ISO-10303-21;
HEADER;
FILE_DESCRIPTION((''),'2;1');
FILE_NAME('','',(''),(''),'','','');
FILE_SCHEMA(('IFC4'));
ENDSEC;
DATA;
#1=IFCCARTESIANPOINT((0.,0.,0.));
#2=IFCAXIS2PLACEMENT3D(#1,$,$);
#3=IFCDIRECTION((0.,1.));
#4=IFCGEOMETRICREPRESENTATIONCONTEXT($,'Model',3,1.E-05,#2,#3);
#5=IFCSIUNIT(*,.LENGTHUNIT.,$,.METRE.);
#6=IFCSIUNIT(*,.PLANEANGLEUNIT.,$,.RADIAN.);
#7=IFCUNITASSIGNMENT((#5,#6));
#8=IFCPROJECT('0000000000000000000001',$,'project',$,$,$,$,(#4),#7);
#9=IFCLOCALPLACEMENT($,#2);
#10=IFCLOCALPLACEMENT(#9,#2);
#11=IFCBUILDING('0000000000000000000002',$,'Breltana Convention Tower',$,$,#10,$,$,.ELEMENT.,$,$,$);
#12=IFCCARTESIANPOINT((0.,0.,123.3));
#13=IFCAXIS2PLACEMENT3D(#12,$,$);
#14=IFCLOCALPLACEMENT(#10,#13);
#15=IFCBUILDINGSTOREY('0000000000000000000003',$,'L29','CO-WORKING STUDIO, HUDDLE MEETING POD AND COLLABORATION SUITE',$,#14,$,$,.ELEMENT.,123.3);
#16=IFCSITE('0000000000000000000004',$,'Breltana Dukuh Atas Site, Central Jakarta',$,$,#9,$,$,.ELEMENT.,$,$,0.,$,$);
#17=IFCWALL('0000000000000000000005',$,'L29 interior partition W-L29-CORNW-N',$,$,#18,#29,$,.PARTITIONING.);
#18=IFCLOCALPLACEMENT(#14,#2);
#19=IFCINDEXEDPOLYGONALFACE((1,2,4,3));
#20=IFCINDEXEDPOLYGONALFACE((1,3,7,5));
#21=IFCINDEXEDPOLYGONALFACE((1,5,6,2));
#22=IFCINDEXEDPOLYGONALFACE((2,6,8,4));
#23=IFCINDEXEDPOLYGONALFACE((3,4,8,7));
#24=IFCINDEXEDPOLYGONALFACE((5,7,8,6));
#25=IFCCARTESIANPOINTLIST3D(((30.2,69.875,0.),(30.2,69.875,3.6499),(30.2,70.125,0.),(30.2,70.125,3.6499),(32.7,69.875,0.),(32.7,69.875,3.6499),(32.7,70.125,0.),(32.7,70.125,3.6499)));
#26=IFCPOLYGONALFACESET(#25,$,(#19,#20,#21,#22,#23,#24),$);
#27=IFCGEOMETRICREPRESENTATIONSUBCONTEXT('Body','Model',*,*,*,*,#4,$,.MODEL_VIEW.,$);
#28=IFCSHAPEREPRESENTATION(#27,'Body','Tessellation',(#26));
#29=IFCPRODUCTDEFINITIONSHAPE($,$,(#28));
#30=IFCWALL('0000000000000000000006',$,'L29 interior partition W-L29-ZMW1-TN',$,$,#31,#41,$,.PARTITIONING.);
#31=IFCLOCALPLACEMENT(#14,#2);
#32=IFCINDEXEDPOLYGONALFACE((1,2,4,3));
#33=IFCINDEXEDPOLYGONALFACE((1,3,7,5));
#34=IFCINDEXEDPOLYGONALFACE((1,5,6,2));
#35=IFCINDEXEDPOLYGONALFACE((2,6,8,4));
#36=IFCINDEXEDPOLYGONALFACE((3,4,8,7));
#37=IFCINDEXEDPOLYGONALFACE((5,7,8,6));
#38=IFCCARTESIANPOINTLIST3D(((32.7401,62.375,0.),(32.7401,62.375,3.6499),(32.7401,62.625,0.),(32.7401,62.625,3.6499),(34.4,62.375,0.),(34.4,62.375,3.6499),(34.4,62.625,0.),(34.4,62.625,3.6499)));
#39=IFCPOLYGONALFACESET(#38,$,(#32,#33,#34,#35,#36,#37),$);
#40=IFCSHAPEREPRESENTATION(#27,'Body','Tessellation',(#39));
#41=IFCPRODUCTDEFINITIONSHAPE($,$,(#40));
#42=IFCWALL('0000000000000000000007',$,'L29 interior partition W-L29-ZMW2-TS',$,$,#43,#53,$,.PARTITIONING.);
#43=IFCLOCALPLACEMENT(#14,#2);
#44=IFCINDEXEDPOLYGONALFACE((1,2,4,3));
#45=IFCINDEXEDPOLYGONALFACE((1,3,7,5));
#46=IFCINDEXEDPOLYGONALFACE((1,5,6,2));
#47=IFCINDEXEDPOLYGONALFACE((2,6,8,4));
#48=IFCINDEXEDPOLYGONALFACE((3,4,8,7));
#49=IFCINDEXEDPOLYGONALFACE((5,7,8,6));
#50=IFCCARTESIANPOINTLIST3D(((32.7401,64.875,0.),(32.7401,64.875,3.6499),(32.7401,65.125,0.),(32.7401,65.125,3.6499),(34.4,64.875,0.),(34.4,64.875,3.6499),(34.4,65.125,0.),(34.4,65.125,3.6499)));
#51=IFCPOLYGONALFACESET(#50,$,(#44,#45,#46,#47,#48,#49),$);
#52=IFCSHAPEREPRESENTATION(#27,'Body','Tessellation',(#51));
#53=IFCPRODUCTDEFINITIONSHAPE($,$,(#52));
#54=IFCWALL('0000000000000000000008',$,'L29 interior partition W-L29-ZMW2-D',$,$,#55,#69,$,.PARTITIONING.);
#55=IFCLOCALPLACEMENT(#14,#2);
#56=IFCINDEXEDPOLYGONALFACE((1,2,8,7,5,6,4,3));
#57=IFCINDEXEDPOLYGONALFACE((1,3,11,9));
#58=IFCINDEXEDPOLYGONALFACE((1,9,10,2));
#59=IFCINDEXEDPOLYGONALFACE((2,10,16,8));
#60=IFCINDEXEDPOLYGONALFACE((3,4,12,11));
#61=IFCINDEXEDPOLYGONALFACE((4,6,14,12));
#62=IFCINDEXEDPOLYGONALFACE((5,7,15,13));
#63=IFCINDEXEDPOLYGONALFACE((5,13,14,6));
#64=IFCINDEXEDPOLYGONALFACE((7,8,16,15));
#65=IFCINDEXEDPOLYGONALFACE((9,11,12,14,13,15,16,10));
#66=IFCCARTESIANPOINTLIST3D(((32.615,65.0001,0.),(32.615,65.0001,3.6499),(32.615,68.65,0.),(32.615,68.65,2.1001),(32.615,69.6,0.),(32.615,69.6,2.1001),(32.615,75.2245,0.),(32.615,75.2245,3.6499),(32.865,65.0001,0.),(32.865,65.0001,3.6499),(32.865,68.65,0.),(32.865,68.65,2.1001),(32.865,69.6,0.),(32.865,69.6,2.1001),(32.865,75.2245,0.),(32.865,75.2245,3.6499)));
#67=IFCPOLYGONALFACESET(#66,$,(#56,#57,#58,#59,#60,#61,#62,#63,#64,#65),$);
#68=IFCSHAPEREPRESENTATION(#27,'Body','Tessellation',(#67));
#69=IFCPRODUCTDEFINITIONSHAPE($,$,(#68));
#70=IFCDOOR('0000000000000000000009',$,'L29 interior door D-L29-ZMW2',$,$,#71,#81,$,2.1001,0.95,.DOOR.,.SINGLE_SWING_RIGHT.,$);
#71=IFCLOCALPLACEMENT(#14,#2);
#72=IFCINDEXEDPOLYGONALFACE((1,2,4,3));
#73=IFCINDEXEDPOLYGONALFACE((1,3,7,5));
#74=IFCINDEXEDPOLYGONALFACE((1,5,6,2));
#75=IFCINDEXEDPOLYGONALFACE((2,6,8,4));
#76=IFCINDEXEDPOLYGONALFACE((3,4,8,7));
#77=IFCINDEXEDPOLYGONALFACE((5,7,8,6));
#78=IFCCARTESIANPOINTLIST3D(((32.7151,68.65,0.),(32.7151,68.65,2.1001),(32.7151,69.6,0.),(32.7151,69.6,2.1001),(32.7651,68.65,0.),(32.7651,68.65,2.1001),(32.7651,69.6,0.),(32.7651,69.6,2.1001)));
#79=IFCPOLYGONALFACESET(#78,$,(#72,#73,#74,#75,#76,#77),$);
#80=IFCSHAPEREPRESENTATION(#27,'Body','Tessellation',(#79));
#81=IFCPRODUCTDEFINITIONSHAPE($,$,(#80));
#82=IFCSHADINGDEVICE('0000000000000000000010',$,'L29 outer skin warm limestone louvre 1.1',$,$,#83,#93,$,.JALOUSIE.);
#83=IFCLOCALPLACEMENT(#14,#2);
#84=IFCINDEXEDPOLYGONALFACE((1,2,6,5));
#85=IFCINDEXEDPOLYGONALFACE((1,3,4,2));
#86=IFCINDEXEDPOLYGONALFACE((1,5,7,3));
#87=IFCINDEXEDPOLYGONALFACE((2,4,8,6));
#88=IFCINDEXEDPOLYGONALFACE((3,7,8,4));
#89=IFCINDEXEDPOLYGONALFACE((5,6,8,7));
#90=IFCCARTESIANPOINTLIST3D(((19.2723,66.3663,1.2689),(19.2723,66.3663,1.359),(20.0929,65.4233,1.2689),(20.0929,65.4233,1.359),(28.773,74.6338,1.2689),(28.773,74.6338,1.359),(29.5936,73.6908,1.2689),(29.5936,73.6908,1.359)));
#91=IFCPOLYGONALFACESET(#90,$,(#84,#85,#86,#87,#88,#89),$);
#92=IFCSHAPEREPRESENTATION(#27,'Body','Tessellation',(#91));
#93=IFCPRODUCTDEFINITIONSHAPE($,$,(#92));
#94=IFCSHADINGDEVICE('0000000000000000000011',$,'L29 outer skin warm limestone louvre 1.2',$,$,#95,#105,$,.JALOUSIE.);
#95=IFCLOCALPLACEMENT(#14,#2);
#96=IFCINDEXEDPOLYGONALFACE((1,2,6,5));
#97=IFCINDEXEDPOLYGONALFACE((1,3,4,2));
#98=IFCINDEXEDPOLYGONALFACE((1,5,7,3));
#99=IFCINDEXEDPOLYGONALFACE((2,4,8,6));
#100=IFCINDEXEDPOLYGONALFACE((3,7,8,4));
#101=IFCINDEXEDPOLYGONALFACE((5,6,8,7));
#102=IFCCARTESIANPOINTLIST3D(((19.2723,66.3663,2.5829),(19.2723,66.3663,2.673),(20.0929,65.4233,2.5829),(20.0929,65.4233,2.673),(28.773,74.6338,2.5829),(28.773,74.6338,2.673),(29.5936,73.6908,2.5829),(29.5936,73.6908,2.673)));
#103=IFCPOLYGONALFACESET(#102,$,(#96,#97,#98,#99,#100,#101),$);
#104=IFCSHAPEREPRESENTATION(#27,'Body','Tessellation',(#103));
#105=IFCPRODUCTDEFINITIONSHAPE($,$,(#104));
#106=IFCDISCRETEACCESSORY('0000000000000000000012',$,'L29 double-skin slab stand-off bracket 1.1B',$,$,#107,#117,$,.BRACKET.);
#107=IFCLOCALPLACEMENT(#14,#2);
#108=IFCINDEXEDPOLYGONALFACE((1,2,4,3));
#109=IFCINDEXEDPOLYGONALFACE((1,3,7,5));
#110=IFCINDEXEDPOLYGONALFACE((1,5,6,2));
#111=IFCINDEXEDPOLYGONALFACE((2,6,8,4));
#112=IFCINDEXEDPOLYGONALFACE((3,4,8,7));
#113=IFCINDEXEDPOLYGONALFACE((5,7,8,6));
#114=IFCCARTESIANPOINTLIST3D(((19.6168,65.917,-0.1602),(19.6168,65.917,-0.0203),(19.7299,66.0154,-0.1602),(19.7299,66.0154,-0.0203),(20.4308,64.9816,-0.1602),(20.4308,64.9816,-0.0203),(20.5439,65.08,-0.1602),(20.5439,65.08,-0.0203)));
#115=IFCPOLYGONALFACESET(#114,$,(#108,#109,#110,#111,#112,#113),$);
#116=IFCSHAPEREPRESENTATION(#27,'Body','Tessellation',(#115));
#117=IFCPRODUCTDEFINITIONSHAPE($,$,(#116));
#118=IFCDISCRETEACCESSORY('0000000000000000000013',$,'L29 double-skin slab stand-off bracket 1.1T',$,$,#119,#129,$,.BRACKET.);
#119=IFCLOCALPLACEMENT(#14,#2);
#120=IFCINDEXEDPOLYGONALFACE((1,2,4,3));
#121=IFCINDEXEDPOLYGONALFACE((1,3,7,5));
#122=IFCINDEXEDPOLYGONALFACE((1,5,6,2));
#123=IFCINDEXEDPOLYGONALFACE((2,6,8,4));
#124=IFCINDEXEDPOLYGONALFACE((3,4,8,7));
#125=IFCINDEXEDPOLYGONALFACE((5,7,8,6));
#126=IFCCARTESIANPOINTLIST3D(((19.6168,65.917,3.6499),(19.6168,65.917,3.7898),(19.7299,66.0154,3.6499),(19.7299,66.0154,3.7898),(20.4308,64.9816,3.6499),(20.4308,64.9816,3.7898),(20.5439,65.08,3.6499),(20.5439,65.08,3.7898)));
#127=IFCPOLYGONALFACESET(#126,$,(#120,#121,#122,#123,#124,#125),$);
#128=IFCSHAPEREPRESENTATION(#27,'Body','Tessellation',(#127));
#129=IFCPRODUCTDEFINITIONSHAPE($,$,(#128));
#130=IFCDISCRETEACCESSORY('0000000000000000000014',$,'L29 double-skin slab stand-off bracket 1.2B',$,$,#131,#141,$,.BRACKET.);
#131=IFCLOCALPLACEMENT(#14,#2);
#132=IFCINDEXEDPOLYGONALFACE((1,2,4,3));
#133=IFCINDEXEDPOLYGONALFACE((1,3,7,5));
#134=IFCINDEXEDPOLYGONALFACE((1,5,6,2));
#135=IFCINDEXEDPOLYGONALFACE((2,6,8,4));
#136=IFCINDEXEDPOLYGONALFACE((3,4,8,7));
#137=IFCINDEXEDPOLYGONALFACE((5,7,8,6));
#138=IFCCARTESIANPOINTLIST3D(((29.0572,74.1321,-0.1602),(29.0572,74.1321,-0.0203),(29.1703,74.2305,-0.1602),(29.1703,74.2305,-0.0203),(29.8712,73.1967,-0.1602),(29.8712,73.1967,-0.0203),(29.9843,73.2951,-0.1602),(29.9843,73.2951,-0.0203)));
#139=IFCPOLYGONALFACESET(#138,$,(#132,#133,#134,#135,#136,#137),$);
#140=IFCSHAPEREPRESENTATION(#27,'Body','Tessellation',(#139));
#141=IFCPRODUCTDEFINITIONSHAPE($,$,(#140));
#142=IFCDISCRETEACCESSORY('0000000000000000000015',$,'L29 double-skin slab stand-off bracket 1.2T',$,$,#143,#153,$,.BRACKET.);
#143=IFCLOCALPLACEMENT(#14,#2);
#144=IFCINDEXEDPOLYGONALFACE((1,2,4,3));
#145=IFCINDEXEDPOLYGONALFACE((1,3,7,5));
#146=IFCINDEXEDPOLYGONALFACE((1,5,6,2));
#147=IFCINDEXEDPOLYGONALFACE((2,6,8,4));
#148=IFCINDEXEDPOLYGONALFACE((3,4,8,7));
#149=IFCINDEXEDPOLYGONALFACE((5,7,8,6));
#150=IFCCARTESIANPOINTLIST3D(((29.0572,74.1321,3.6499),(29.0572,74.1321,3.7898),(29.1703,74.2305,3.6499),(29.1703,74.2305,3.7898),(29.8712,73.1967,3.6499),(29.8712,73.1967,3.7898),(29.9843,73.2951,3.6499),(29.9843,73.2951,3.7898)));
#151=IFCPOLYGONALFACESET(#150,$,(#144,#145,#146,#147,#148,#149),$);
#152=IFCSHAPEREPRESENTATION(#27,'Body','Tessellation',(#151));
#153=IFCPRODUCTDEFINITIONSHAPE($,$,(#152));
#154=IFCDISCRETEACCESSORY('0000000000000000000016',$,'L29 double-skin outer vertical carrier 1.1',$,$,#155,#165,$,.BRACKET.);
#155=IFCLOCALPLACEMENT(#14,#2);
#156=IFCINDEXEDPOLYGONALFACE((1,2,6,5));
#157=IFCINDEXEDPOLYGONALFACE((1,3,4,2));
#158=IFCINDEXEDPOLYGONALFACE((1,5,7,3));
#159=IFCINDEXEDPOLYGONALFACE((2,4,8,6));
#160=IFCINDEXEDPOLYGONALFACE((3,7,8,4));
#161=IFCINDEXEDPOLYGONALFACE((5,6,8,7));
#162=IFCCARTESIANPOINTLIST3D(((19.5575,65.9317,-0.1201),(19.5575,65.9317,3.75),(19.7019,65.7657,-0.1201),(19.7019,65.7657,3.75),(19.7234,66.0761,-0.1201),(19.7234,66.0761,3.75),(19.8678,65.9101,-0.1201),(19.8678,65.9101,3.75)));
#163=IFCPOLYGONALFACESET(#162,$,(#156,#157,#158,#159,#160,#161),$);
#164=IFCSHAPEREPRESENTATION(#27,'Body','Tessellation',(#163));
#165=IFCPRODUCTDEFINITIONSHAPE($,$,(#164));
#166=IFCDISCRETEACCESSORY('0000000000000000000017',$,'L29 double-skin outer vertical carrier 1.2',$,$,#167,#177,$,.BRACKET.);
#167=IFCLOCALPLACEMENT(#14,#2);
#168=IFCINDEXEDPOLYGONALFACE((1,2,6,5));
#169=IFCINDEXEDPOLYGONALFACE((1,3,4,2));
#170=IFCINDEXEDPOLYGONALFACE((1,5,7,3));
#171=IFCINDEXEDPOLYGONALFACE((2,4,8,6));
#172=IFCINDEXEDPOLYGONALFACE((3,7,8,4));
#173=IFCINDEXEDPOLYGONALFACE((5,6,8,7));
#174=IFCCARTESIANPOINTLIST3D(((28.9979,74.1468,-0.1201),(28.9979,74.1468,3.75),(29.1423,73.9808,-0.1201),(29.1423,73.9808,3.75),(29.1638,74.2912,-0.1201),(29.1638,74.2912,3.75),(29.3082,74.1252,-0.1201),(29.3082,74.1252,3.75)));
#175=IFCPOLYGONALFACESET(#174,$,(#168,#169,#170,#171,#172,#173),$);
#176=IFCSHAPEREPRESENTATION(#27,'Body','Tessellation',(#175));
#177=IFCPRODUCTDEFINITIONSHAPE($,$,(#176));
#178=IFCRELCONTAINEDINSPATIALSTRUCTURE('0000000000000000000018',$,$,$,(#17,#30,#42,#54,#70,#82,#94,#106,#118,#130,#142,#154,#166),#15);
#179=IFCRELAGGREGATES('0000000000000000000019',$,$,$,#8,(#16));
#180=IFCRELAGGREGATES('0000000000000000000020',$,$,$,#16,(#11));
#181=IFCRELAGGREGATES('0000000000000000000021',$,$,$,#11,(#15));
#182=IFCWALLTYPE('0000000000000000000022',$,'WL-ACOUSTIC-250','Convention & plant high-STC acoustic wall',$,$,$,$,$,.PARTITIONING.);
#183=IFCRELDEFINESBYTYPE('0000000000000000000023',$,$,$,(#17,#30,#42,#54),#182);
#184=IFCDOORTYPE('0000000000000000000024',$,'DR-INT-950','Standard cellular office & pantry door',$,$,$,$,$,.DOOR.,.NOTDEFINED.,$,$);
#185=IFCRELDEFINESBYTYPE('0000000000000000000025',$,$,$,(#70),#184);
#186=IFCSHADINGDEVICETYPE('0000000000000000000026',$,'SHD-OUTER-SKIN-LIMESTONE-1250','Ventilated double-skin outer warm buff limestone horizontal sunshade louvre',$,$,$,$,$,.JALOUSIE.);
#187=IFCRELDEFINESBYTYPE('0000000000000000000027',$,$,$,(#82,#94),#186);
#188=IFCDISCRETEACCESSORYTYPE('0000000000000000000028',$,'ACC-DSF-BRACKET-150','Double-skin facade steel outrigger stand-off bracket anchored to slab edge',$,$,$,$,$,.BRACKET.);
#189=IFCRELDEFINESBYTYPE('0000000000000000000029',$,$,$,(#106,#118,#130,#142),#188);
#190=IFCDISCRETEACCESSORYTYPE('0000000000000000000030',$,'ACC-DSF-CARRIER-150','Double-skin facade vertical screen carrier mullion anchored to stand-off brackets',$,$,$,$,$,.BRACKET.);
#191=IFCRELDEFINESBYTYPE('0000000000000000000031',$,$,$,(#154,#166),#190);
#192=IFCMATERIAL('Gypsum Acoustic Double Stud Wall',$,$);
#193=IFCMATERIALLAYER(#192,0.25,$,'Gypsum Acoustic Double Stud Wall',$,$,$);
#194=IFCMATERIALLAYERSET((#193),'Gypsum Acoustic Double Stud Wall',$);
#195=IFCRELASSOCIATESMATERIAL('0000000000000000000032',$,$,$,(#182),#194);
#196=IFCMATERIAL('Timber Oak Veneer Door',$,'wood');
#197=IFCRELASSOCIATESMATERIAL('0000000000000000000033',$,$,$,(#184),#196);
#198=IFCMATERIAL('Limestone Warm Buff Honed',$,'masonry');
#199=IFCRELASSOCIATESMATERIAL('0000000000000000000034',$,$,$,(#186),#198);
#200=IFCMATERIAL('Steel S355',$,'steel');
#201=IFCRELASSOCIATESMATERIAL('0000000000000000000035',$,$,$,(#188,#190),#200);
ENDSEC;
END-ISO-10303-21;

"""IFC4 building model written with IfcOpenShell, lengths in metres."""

from ifc_helpers import new_model, si_unit, direction, frame, frame_2d, origin, origin_2d, place, context, subcontext, project, spatial, rectangle, extrude, source, transform, mapped, material, layer, layer_set, material_profile, profile_set, type_object, type_shapes, element, fill, save


model = new_model("IFC4")

# Units and contexts
model_context = context("Model", 3, precision=1e-05, world=origin(), true_north=direction((0.0, 1.0)))
body_context = subcontext(model_context, "Body", "Model", "MODEL_VIEW")
ifc_project = project(units=[si_unit("LENGTHUNIT", "METRE"), si_unit("PLANEANGLEUNIT", "RADIAN")], contexts=[model_context])

# Site, building, storey
site_placement = place(None, origin())
site = spatial("IfcSite", under=ifc_project, at=site_placement, Name="Breltana Dukuh Atas Site, Central Jakarta", CompositionType="ELEMENT", RefElevation=0.0)
building_placement = place(site_placement, origin())
building = spatial("IfcBuilding", under=site, at=building_placement, Name="Breltana Convention Tower", CompositionType="ELEMENT")
storey_placement = place(building_placement, frame((0.0, 0.0, 123.3)))
storey = spatial("IfcBuildingStorey", under=building, at=storey_placement, Name="L29", Description="CO-WORKING STUDIO, HUDDLE MEETING POD AND COLLABORATION SUITE", CompositionType="ELEMENT", Elevation=123.3)

# Walls
ifc_material_1 = material(Name="Gypsum Acoustic Double Stud Wall")
ifc_layer_1 = layer(ifc_material_1, 0.25, Name="Gypsum Acoustic Double Stud Wall")
ifc_layer_set_1 = layer_set([ifc_layer_1], Name="Gypsum Acoustic Double Stud Wall")
wall_type_1 = type_object("IfcWallType", Name="WL-ACOUSTIC-250", Description="Convention & plant high-STC acoustic wall", PredefinedType="PARTITIONING", material=ifc_layer_set_1)
shared_shape_1 = source(origin(), body_context, "Body", "SweptSolid", [
    extrude(rectangle(XDim=2.5, YDim=0.25, at=frame_2d((1.25, 0.0))), origin(), (0.0, 0.0, 1.0), 3.6499),
])
wall_1_placement = place(storey_placement, frame((30.2, 70.0, 0.0), z_axis=(0.0, 0.0, 1.0), x_axis=(1.0, 0.0, 0.0)))
element("IfcWall", 1, at=wall_1_placement, inside=storey, type_object=wall_type_1, Name="L29 interior partition W-L29-CORNW-N", PredefinedType="PARTITIONING", context=body_context, shape_type="MappedRepresentation", body=[
    mapped(shared_shape_1, transform((0.0, 0.0, 0.0), scale=1.0)),
])
shared_shape_2 = source(origin(), body_context, "Body", "SweptSolid", [
    extrude(rectangle(XDim=1.6599, YDim=0.25, at=frame_2d((0.8301, 0.0))), origin(), (0.0, 0.0, 1.0), 3.6499),
])
for number, where, z_axis, x_axis, name in (
    (2, (32.74, 62.5, 0.0), (0.0, 0.0, 1.0), (1.0, 0.0, 0.0), "L29 interior partition W-L29-ZMW1-TN"),
    (3, (32.74, 65.0, 0.0), (0.0, 0.0, 1.0), (1.0, 0.0, 0.0), "L29 interior partition W-L29-ZMW2-TS"),
):
    element("IfcWall", number, at=place(storey_placement, frame(where, z_axis=z_axis, x_axis=x_axis)), inside=storey, type_object=wall_type_1, Name=name, PredefinedType="PARTITIONING", context=body_context, shape_type="MappedRepresentation", body=[
        mapped(shared_shape_2, transform((0.0, 0.0, 0.0), scale=1.0)),
    ])

# Wall, opening, door
shared_shape_3 = source(origin(), body_context, "Body", "SweptSolid", [
    extrude(rectangle(XDim=10.2244, YDim=0.25, at=frame_2d((5.1123, 0.0))), origin(), (0.0, 0.0, 1.0), 3.6499),
])
wall_2_placement = place(storey_placement, frame((32.74, 65.0, 0.0), z_axis=(0.0, 0.0, 1.0), x_axis=(0.0, 1.0, 0.0)))
wall_2 = element("IfcWall", 4, at=wall_2_placement, inside=storey, type_object=wall_type_1, Name="L29 interior partition W-L29-ZMW2-D", PredefinedType="PARTITIONING", context=body_context, shape_type="MappedRepresentation", body=[
    mapped(shared_shape_3, transform((0.0, 0.0, 0.0), scale=1.0)),
])
opening_placement = place(wall_2_placement, frame((3.6499, 0.0, 0.0)))
opening = element("IfcOpeningElement", 5, at=opening_placement, cuts=wall_2, PredefinedType="OPENING", context=body_context, shape_type="SweptSolid", body=[
    extrude(rectangle(XDim=0.95, YDim=2.1001, at=frame_2d((0.4751, 1.05))), frame((0.0, 0.135, 0.0), z_axis=(0.0, -1.0, 0.0), x_axis=(1.0, 0.0, 0.0)), (0.0, 0.0, 1.0), 0.27),
])
ifc_material_2 = material(Name="Timber Oak Veneer Door", Category="wood")
door_type = type_object("IfcDoorType", Name="DR-INT-950", Description="Standard cellular office & pantry door", OperationType="NOTDEFINED", PredefinedType="DOOR", material=ifc_material_2)
shared_shape_4 = source(origin(), body_context, "Body", "SweptSolid", [
    extrude(rectangle(XDim=0.95, YDim=2.1001, at=frame_2d((0.4751, 1.05))), frame((0.0, 0.0249, 0.0), z_axis=(0.0, -1.0, 0.0), x_axis=(1.0, 0.0, 0.0)), (0.0, 0.0, 1.0), 0.05),
])
type_shapes(door_type, [shared_shape_4])
door_placement = place(opening_placement, origin())
door = element("IfcDoor", 6, at=door_placement, inside=storey, type_object=door_type, Name="L29 interior door D-L29-ZMW2", OperationType="SINGLE_SWING_RIGHT", OverallHeight=2.1001, OverallWidth=0.95, PredefinedType="DOOR", context=body_context, shape_type="MappedRepresentation", body=[
    mapped(shared_shape_4, transform((0.0, 0.0, 0.0), scale=1.0)),
])
fill(opening, door)

# Shading devices
ifc_material_3 = material(Name="Limestone Warm Buff Honed", Category="masonry")
ifc_material_profile_1 = material_profile(ifc_material_3, rectangle(XDim=1.25, YDim=0.0901, at=origin_2d()), Name="STN-LVR-1250X90")
ifc_profile_set_1 = profile_set([ifc_material_profile_1], Name="Limestone Warm Buff Honed")
shading_device_type = type_object("IfcShadingDeviceType", Name="SHD-OUTER-SKIN-LIMESTONE-1250", Description="Ventilated double-skin outer warm buff limestone horizontal sunshade louvre", PredefinedType="JALOUSIE", material=ifc_profile_set_1)
shared_shape_5 = source(origin(), body_context, "Body", "SweptSolid", [
    extrude(rectangle(XDim=1.25, YDim=0.0901, at=origin_2d()), origin(), (0.0, 0.0, 1.0), 12.5942),
])
for number, where, z_axis, x_axis, name in (
    (7, (19.6826, 65.8948, 1.314), (0.754367, 0.656453, 0.0), (-0.656453, 0.754367, 0.0), "L29 outer skin warm limestone louvre 1.1"),
    (8, (19.6826, 65.8948, 2.6279), (0.754367, 0.656453, 0.0), (-0.656453, 0.754367, 0.0), "L29 outer skin warm limestone louvre 1.2"),
):
    element("IfcShadingDevice", number, at=place(storey_placement, frame(where, z_axis=z_axis, x_axis=x_axis)), inside=storey, type_object=shading_device_type, Name=name, PredefinedType="JALOUSIE", context=body_context, shape_type="MappedRepresentation", body=[
        mapped(shared_shape_5, transform((0.0, 0.0, 0.0), scale=1.0)),
    ])

# Discrete accessories
ifc_material_4 = material(Name="Steel S355", Category="steel")
discrete_accessory_type_1 = type_object("IfcDiscreteAccessoryType", Name="ACC-DSF-BRACKET-150", Description="Double-skin facade steel outrigger stand-off bracket anchored to slab edge", PredefinedType="BRACKET", material=ifc_material_4)
shared_shape_6 = source(origin(), body_context, "Body", "SweptSolid", [
    extrude(rectangle(XDim=1.24, YDim=0.1499, at=origin_2d()), origin(), (0.0, 0.0, 1.0), 0.1399),
])
type_shapes(discrete_accessory_type_1, [shared_shape_6])
for number, where, z_axis, x_axis, name in (
    (9, (20.0803, 65.4985, -0.1602), (0.0, 0.0, 1.0), (-0.656454, 0.754366, 0.0), "L29 double-skin slab stand-off bracket 1.1B"),
    (10, (20.0803, 65.4985, 3.6499), (0.0, 0.0, 1.0), (-0.656454, 0.754366, 0.0), "L29 double-skin slab stand-off bracket 1.1T"),
    (11, (29.5208, 73.7136, -0.1602), (0.0, 0.0, 1.0), (-0.656454, 0.754366, 0.0), "L29 double-skin slab stand-off bracket 1.2B"),
    (12, (29.5208, 73.7136, 3.6499), (0.0, 0.0, 1.0), (-0.656454, 0.754366, 0.0), "L29 double-skin slab stand-off bracket 1.2T"),
):
    element("IfcDiscreteAccessory", number, at=place(storey_placement, frame(where, z_axis=z_axis, x_axis=x_axis)), inside=storey, type_object=discrete_accessory_type_1, Name=name, PredefinedType="BRACKET", context=body_context, shape_type="MappedRepresentation", body=[
        mapped(shared_shape_6, transform((0.0, 0.0, 0.0), scale=1.0)),
    ])
discrete_accessory_type_2 = type_object("IfcDiscreteAccessoryType", Name="ACC-DSF-CARRIER-150", Description="Double-skin facade vertical screen carrier mullion anchored to stand-off brackets", PredefinedType="BRACKET", material=ifc_material_4)
shared_shape_7 = source(origin(), body_context, "Body", "SweptSolid", [
    extrude(rectangle(XDim=0.22, YDim=0.22, at=origin_2d()), origin(), (0.0, 0.0, 1.0), 3.8701),
])
for number, where, z_axis, x_axis, name in (
    (13, (19.7126, 65.9209, -0.1201), (0.0, 0.0, 1.0), (-0.656454, 0.754366, 0.0), "L29 double-skin outer vertical carrier 1.1"),
    (14, (29.1531, 74.136, -0.1201), (0.0, 0.0, 1.0), (-0.656454, 0.754366, 0.0), "L29 double-skin outer vertical carrier 1.2"),
):
    element("IfcDiscreteAccessory", number, at=place(storey_placement, frame(where, z_axis=z_axis, x_axis=x_axis)), inside=storey, type_object=discrete_accessory_type_2, Name=name, PredefinedType="BRACKET", context=body_context, shape_type="MappedRepresentation", body=[
        mapped(shared_shape_7, transform((0.0, 0.0, 0.0), scale=1.0)),
    ])

save(model, "model.ifc")
